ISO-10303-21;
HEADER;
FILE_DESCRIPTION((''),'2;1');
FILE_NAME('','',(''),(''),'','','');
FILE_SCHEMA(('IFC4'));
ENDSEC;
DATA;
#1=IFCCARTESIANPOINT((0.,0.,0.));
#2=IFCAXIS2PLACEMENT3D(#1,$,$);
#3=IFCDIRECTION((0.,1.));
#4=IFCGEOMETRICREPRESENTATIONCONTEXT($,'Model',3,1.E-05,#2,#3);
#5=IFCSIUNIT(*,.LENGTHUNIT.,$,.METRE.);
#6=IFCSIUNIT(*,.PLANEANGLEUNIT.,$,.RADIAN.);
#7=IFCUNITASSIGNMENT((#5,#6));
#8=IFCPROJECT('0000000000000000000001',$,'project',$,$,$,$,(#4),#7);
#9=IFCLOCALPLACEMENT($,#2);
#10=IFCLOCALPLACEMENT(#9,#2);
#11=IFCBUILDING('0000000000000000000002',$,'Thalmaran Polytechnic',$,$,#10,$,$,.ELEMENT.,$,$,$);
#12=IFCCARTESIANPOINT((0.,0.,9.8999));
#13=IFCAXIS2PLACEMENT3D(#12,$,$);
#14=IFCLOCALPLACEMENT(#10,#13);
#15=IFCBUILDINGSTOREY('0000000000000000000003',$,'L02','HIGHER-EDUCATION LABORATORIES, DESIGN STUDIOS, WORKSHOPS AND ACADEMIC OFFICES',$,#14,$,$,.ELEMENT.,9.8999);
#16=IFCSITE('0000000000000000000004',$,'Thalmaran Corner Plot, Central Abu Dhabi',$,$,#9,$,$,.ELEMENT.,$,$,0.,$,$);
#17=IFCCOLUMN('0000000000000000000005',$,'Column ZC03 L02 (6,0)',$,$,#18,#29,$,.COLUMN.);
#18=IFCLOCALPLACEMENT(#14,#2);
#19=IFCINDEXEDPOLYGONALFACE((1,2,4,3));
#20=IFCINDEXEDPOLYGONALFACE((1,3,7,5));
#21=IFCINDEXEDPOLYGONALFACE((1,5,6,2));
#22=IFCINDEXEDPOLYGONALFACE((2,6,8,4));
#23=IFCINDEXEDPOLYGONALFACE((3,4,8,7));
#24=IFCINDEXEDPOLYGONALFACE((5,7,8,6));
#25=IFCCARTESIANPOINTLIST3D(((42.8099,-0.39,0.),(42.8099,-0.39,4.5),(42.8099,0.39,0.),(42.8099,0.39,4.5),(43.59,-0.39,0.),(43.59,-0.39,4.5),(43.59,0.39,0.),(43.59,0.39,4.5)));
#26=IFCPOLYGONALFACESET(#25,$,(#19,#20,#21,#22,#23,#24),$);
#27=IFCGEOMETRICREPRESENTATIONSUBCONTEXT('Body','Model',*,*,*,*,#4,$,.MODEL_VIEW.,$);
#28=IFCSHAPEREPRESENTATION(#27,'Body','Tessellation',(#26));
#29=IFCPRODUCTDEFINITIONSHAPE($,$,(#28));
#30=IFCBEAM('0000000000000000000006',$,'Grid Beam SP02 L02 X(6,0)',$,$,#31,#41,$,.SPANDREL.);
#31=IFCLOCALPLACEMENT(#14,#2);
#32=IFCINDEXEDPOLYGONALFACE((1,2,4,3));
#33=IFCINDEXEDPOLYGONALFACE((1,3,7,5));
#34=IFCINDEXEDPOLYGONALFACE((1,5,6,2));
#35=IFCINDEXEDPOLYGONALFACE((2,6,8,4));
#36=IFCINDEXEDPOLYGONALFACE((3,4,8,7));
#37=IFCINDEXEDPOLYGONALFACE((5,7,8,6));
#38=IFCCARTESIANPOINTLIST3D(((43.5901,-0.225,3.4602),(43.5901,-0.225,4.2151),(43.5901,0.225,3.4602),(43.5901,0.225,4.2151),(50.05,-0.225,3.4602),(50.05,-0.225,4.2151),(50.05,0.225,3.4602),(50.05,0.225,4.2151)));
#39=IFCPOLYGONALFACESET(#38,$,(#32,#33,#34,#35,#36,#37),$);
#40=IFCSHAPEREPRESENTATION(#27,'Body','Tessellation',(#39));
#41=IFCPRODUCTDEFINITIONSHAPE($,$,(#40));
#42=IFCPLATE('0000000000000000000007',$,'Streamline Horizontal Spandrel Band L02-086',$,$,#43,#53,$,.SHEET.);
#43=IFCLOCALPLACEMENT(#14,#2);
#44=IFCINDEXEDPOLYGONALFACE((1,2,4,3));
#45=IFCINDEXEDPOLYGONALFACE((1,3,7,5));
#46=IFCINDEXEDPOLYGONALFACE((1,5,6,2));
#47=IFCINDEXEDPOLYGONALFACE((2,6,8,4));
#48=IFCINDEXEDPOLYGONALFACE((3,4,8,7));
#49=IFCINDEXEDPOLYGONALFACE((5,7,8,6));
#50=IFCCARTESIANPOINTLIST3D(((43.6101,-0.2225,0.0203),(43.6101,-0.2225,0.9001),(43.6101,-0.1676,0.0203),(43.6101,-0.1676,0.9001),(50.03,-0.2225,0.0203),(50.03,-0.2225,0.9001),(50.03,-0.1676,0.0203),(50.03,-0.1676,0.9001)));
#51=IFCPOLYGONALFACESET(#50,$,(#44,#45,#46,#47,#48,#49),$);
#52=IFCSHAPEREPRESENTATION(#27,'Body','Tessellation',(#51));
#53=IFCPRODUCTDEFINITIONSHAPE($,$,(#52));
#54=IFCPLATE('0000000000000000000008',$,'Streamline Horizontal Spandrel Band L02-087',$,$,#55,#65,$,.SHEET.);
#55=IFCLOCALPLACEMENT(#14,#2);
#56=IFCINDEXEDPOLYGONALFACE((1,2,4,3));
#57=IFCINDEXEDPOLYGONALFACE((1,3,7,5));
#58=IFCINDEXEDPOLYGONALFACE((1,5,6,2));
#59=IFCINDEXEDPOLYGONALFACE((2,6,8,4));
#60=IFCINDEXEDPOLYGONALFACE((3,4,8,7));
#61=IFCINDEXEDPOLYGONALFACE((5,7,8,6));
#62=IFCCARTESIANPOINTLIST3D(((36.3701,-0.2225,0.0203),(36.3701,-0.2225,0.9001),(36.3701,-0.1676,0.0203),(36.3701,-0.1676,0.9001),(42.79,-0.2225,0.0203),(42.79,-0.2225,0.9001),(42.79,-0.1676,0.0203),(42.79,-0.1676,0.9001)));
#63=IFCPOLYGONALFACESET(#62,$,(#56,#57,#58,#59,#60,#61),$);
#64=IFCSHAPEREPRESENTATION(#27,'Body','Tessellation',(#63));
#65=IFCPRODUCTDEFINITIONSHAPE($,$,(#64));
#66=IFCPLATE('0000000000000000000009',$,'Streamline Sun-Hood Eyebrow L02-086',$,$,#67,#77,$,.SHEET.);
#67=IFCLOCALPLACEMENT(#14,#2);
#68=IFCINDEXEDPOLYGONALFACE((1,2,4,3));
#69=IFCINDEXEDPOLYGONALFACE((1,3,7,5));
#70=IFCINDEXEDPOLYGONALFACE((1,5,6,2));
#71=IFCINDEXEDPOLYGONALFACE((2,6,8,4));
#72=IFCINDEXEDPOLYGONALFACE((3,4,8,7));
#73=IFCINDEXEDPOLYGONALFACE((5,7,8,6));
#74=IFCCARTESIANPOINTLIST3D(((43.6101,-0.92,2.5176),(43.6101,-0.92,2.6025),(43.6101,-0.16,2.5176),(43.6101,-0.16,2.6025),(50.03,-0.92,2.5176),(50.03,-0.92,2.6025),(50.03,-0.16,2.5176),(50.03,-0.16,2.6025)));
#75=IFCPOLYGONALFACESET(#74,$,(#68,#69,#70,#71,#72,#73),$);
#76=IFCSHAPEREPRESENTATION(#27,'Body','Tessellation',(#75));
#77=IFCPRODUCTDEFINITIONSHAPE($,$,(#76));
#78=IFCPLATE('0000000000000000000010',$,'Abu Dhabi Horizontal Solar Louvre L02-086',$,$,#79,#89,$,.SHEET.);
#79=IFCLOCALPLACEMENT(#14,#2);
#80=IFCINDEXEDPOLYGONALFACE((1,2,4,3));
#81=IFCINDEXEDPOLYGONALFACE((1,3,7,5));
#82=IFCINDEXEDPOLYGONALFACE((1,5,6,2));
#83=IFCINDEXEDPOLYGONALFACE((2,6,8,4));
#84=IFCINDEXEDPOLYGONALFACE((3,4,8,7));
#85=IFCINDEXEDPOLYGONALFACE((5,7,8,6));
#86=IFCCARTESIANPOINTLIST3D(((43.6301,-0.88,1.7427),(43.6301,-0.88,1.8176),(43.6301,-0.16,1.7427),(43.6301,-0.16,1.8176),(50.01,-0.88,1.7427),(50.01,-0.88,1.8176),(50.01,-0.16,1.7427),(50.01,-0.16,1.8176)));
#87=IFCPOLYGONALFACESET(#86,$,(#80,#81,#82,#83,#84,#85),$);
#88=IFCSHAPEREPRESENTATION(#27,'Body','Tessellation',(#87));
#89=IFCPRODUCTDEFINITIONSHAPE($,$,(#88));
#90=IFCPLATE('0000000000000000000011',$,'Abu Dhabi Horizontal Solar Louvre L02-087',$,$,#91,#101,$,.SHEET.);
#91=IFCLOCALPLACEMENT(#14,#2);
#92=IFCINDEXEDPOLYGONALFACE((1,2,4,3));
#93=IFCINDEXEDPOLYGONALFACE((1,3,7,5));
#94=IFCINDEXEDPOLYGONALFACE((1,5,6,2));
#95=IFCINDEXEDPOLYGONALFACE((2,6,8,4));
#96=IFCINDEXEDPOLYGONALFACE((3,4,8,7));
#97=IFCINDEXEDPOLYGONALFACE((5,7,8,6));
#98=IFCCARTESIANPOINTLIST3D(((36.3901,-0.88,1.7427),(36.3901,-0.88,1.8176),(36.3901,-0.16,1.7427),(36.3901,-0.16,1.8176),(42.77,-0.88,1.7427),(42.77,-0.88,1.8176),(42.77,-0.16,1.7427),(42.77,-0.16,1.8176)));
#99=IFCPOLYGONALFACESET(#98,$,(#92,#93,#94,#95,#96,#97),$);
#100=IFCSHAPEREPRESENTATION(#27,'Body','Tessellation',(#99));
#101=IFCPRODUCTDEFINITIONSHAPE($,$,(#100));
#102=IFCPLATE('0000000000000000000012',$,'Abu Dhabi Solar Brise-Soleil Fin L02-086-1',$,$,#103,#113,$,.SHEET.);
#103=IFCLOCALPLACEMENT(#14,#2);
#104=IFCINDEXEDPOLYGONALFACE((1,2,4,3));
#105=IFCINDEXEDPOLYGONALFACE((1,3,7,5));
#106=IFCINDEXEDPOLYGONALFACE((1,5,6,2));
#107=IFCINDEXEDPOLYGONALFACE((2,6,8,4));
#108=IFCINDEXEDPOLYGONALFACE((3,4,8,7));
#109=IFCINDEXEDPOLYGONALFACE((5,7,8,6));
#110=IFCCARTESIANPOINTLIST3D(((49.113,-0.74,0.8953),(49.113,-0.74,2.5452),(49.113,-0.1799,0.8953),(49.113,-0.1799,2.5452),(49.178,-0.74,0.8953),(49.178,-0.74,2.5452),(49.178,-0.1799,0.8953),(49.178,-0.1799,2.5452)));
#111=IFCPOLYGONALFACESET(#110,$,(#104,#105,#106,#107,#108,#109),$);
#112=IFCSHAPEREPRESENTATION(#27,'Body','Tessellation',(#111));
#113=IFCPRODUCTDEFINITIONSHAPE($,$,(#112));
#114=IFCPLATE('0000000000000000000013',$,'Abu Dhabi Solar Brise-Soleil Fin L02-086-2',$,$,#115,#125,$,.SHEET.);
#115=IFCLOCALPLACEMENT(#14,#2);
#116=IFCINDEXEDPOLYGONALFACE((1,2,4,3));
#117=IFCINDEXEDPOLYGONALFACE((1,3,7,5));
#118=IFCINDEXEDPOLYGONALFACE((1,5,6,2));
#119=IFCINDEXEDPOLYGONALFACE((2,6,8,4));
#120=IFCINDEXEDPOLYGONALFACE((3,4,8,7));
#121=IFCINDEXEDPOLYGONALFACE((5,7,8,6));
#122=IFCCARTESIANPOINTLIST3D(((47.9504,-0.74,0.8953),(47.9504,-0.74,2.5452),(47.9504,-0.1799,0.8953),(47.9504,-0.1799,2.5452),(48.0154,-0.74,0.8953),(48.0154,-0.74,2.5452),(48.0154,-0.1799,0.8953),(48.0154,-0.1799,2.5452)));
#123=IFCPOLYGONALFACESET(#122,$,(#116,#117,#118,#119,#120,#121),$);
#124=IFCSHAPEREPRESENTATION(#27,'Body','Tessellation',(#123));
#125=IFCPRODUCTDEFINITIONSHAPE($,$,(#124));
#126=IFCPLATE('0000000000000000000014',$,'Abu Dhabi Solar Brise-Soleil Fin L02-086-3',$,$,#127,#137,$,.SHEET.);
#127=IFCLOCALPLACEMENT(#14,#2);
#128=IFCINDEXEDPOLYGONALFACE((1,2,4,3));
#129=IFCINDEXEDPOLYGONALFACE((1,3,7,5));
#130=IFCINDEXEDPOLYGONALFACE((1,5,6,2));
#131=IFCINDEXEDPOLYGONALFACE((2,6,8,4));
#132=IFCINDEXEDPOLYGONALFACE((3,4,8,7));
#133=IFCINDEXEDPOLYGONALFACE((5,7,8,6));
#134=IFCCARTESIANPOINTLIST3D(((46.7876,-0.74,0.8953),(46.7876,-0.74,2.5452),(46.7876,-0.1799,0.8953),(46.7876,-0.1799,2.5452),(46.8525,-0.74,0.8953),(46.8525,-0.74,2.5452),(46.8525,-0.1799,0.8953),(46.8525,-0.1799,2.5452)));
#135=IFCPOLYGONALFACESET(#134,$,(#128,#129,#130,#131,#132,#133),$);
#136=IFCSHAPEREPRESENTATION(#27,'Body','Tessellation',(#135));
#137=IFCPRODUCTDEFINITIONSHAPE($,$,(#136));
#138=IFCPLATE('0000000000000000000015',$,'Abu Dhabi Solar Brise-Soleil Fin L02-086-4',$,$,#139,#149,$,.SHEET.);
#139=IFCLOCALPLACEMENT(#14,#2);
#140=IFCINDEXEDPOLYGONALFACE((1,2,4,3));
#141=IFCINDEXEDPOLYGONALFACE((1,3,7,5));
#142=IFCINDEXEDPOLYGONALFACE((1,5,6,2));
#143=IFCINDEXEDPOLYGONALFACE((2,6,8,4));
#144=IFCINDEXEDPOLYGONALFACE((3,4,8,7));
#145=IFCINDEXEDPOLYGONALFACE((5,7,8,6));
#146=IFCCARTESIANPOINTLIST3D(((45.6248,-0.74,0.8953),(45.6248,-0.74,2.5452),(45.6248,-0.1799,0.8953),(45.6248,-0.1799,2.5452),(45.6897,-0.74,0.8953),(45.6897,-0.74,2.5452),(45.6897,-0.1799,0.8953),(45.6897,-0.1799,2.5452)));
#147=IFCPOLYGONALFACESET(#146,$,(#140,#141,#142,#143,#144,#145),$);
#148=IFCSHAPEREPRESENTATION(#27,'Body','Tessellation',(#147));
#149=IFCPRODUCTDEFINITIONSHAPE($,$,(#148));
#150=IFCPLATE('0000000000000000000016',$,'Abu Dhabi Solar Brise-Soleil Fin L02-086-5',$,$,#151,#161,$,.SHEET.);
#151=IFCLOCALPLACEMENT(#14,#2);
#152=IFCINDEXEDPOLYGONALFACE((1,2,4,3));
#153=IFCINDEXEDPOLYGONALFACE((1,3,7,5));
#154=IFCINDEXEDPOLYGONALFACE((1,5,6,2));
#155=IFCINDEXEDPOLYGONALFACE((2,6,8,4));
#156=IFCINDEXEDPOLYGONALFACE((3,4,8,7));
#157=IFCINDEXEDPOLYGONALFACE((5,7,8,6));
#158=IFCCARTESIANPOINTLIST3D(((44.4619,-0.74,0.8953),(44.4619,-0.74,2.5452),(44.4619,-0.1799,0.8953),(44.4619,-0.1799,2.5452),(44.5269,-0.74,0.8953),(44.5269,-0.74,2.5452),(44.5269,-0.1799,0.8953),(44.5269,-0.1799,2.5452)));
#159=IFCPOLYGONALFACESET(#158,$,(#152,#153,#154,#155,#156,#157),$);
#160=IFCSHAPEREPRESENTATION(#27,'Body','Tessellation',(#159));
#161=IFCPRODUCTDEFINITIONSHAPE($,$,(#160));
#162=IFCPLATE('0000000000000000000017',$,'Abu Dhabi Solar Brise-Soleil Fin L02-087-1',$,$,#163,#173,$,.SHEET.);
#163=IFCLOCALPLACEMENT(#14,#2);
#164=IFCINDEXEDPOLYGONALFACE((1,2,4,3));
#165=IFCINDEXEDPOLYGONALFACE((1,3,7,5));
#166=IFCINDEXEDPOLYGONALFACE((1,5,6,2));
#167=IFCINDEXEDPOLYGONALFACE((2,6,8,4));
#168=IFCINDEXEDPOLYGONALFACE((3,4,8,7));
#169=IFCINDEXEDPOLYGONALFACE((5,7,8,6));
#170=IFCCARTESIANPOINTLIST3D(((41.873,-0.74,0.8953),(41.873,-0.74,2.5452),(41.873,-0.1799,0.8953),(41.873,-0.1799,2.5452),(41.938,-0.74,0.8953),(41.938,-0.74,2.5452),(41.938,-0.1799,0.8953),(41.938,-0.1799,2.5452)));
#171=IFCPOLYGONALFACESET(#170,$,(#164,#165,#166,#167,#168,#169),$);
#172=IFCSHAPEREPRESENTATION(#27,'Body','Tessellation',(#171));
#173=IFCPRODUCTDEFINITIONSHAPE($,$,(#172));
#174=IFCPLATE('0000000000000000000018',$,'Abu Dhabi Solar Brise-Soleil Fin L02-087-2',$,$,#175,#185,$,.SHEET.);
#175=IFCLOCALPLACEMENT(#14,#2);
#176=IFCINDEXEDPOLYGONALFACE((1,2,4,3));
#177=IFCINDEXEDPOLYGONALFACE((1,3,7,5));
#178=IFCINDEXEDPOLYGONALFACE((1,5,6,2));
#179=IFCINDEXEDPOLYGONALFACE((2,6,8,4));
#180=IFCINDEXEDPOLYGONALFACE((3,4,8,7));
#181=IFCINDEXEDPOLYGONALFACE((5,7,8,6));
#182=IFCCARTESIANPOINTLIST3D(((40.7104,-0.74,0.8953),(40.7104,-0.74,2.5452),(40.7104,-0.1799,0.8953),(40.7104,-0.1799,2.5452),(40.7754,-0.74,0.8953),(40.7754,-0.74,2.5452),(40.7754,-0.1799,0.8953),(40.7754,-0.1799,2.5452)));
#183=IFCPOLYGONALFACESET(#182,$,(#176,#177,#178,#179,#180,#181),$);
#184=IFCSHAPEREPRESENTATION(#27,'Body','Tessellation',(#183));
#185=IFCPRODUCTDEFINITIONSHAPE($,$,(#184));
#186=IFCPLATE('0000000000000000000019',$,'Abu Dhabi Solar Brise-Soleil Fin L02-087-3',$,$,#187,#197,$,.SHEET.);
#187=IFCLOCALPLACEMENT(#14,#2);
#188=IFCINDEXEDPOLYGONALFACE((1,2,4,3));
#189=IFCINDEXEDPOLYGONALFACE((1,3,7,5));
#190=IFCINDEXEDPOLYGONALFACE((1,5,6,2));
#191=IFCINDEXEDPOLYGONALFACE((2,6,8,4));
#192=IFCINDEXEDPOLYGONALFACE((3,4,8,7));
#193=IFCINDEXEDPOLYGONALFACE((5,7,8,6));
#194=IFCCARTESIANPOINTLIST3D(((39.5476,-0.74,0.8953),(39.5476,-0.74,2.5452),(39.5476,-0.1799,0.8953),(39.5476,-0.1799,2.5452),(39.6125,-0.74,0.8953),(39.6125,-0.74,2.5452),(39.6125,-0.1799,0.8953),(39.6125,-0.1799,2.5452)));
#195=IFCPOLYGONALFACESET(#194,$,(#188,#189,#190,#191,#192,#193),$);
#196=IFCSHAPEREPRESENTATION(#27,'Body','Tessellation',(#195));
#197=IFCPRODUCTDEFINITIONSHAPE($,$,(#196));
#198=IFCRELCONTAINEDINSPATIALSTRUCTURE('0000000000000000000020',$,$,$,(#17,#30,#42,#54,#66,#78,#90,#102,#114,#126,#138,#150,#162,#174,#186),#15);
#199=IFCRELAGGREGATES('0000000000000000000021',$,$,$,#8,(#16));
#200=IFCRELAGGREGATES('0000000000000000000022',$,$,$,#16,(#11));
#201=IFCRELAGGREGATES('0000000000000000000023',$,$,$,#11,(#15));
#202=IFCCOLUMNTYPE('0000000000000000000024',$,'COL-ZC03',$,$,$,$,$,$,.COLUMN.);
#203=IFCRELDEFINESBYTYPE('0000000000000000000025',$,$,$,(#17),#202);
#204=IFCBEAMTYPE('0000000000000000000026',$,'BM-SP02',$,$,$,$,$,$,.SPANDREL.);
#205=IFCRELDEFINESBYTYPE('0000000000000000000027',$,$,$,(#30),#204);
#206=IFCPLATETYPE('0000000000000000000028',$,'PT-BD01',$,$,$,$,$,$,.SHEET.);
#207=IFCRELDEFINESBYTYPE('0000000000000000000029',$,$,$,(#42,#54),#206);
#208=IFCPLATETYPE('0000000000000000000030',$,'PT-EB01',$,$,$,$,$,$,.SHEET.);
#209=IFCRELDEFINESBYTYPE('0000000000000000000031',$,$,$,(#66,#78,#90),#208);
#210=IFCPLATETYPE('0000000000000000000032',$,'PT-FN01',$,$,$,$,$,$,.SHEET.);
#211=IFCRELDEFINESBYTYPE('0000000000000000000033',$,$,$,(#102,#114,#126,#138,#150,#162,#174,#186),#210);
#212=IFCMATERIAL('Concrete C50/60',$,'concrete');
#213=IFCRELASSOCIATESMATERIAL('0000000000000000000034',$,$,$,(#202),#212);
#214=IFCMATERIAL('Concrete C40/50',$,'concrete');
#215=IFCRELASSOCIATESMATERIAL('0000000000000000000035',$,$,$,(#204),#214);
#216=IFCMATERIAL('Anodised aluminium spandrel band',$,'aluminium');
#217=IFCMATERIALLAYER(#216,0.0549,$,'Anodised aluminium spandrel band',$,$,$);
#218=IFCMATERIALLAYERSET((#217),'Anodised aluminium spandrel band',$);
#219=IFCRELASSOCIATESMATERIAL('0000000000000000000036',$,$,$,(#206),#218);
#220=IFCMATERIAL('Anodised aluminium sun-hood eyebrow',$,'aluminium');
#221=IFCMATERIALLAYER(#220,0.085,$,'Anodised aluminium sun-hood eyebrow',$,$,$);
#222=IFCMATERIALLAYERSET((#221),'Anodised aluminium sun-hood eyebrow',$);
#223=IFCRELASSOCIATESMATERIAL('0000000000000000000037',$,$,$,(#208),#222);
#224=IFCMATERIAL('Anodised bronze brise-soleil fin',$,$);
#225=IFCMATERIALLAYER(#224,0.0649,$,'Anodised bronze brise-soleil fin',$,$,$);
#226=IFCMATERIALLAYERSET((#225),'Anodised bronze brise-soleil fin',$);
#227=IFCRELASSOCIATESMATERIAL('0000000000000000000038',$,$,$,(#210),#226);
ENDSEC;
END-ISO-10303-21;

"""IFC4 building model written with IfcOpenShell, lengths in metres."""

from ifc_helpers import new_model, si_unit, direction, frame, origin, origin_2d, place, context, subcontext, project, spatial, rectangle, extrude, material, layer, layer_set, material_profile, profile_set, type_object, element, save


model = new_model("IFC4")

# Units and contexts
model_context = context("Model", 3, precision=1e-05, world=origin(), true_north=direction((0.0, 1.0)))
body_context = subcontext(model_context, "Body", "Model", "MODEL_VIEW")
ifc_project = project(units=[si_unit("LENGTHUNIT", "METRE"), si_unit("PLANEANGLEUNIT", "RADIAN")], contexts=[model_context])

# Site, building, storey
site_placement = place(None, origin())
site = spatial("IfcSite", under=ifc_project, at=site_placement, Name="Thalmaran Corner Plot, Central Abu Dhabi", CompositionType="ELEMENT", RefElevation=0.0)
building_placement = place(site_placement, origin())
building = spatial("IfcBuilding", under=site, at=building_placement, Name="Thalmaran Polytechnic", CompositionType="ELEMENT")
storey_placement = place(building_placement, frame((0.0, 0.0, 9.8999)))
storey = spatial("IfcBuildingStorey", under=building, at=storey_placement, Name="L02", Description="HIGHER-EDUCATION LABORATORIES, DESIGN STUDIOS, WORKSHOPS AND ACADEMIC OFFICES", CompositionType="ELEMENT", Elevation=9.8999)

# Column
ifc_material_1 = material(Name="Concrete C50/60", Category="concrete")
ifc_material_profile_1 = material_profile(ifc_material_1, rectangle(XDim=0.78, YDim=0.78, at=origin_2d()), Name="RC 780x780")
ifc_profile_set_1 = profile_set([ifc_material_profile_1], Name="Concrete C50/60")
column_type = type_object("IfcColumnType", Name="COL-ZC03", PredefinedType="COLUMN", material=ifc_profile_set_1)
column_placement = place(storey_placement, frame((43.2, 0.0, 0.0), z_axis=(0.0, 0.0, 1.0), x_axis=(1.0, 0.0, 0.0)))
element("IfcColumn", 1, at=column_placement, inside=storey, type_object=column_type, Name="Column ZC03 L02 (6,0)", PredefinedType="COLUMN", context=body_context, shape_type="SweptSolid", body=[
    extrude(rectangle(XDim=0.78, YDim=0.78, at=origin_2d()), origin(), (0.0, 0.0, 1.0), 4.5),
])

# Beam
ifc_material_2 = material(Name="Concrete C40/50", Category="concrete")
ifc_material_profile_2 = material_profile(ifc_material_2, rectangle(XDim=0.45, YDim=0.7549, at=origin_2d()), Name="RC 450x755")
ifc_profile_set_2 = profile_set([ifc_material_profile_2], Name="Concrete C40/50")
beam_type = type_object("IfcBeamType", Name="BM-SP02", PredefinedType="SPANDREL", material=ifc_profile_set_2)
beam_placement = place(storey_placement, frame((43.5901, 0.0, 3.8376), z_axis=(1.0, 0.0, 0.0), x_axis=(0.0, 1.0, 0.0)))
element("IfcBeam", 2, at=beam_placement, inside=storey, type_object=beam_type, Name="Grid Beam SP02 L02 X(6,0)", PredefinedType="SPANDREL", context=body_context, shape_type="SweptSolid", body=[
    extrude(rectangle(XDim=0.45, YDim=0.7549, at=origin_2d()), origin(), (0.0, 0.0, 1.0), 6.46),
])

# Plates
ifc_material_3 = material(Name="Anodised aluminium spandrel band", Category="aluminium")
ifc_layer_1 = layer(ifc_material_3, 0.0549, Name="Anodised aluminium spandrel band")
ifc_layer_set_1 = layer_set([ifc_layer_1], Name="Anodised aluminium spandrel band")
plate_type_1 = type_object("IfcPlateType", Name="PT-BD01", PredefinedType="SHEET", material=ifc_layer_set_1)
for number, where, z_axis, x_axis, name in (
    (3, (46.8201, -0.1951, 0.0203), (0.0, 0.0, 1.0), (-1.0, 0.0, 0.0), "Streamline Horizontal Spandrel Band L02-086"),
    (4, (39.5801, -0.1951, 0.0203), (0.0, 0.0, 1.0), (-1.0, 0.0, 0.0), "Streamline Horizontal Spandrel Band L02-087"),
):
    element("IfcPlate", number, at=place(storey_placement, frame(where, z_axis=z_axis, x_axis=x_axis)), inside=storey, type_object=plate_type_1, Name=name, PredefinedType="SHEET", context=body_context, shape_type="SweptSolid", body=[
        extrude(rectangle(XDim=6.4199, YDim=0.0549, at=origin_2d()), origin(), (0.0, 0.0, 1.0), 0.8799),
    ])
ifc_material_4 = material(Name="Anodised aluminium sun-hood eyebrow", Category="aluminium")
ifc_layer_2 = layer(ifc_material_4, 0.085, Name="Anodised aluminium sun-hood eyebrow")
ifc_layer_set_2 = layer_set([ifc_layer_2], Name="Anodised aluminium sun-hood eyebrow")
plate_type_2 = type_object("IfcPlateType", Name="PT-EB01", PredefinedType="SHEET", material=ifc_layer_set_2)
plate_placement = place(storey_placement, frame((46.8201, -0.54, 2.5176), z_axis=(0.0, 0.0, 1.0), x_axis=(-1.0, 0.0, 0.0)))
element("IfcPlate", 5, at=plate_placement, inside=storey, type_object=plate_type_2, Name="Streamline Sun-Hood Eyebrow L02-086", PredefinedType="SHEET", context=body_context, shape_type="SweptSolid", body=[
    extrude(rectangle(XDim=6.4199, YDim=0.76, at=origin_2d()), origin(), (0.0, 0.0, 1.0), 0.085),
])
for number, where, z_axis, x_axis, name in (
    (6, (46.8201, -0.52, 1.7427), (0.0, 0.0, 1.0), (-1.0, 0.0, 0.0), "Abu Dhabi Horizontal Solar Louvre L02-086"),
    (7, (39.5801, -0.52, 1.7427), (0.0, 0.0, 1.0), (-1.0, 0.0, 0.0), "Abu Dhabi Horizontal Solar Louvre L02-087"),
):
    element("IfcPlate", number, at=place(storey_placement, frame(where, z_axis=z_axis, x_axis=x_axis)), inside=storey, type_object=plate_type_2, Name=name, PredefinedType="SHEET", context=body_context, shape_type="SweptSolid", body=[
        extrude(rectangle(XDim=6.3799, YDim=0.72, at=origin_2d()), origin(), (0.0, 0.0, 1.0), 0.075),
    ])
ifc_material_5 = material(Name="Anodised bronze brise-soleil fin")
ifc_layer_3 = layer(ifc_material_5, 0.0649, Name="Anodised bronze brise-soleil fin")
ifc_layer_set_3 = layer_set([ifc_layer_3], Name="Anodised bronze brise-soleil fin")
plate_type_3 = type_object("IfcPlateType", Name="PT-FN01", PredefinedType="SHEET", material=ifc_layer_set_3)
for number, where, z_axis, x_axis, name in (
    (8, (49.1455, -0.46, 0.8953), (0.0, 0.0, 1.0), (-1.0, 0.0, 0.0), "Abu Dhabi Solar Brise-Soleil Fin L02-086-1"),
    (9, (47.9829, -0.46, 0.8953), (0.0, 0.0, 1.0), (-1.0, 0.0, 0.0), "Abu Dhabi Solar Brise-Soleil Fin L02-086-2"),
    (10, (46.8201, -0.46, 0.8953), (0.0, 0.0, 1.0), (-1.0, 0.0, 0.0), "Abu Dhabi Solar Brise-Soleil Fin L02-086-3"),
    (11, (45.6572, -0.46, 0.8953), (0.0, 0.0, 1.0), (-1.0, 0.0, 0.0), "Abu Dhabi Solar Brise-Soleil Fin L02-086-4"),
    (12, (44.4944, -0.46, 0.8953), (0.0, 0.0, 1.0), (-1.0, 0.0, 0.0), "Abu Dhabi Solar Brise-Soleil Fin L02-086-5"),
    (13, (41.9055, -0.46, 0.8953), (0.0, 0.0, 1.0), (-1.0, 0.0, 0.0), "Abu Dhabi Solar Brise-Soleil Fin L02-087-1"),
    (14, (40.7429, -0.46, 0.8953), (0.0, 0.0, 1.0), (-1.0, 0.0, 0.0), "Abu Dhabi Solar Brise-Soleil Fin L02-087-2"),
    (15, (39.5801, -0.46, 0.8953), (0.0, 0.0, 1.0), (-1.0, 0.0, 0.0), "Abu Dhabi Solar Brise-Soleil Fin L02-087-3"),
):
    element("IfcPlate", number, at=place(storey_placement, frame(where, z_axis=z_axis, x_axis=x_axis)), inside=storey, type_object=plate_type_3, Name=name, PredefinedType="SHEET", context=body_context, shape_type="SweptSolid", body=[
        extrude(rectangle(XDim=0.0649, YDim=0.5601, at=origin_2d()), origin(), (0.0, 0.0, 1.0), 1.6499),
    ])

save(model, "model.ifc")
